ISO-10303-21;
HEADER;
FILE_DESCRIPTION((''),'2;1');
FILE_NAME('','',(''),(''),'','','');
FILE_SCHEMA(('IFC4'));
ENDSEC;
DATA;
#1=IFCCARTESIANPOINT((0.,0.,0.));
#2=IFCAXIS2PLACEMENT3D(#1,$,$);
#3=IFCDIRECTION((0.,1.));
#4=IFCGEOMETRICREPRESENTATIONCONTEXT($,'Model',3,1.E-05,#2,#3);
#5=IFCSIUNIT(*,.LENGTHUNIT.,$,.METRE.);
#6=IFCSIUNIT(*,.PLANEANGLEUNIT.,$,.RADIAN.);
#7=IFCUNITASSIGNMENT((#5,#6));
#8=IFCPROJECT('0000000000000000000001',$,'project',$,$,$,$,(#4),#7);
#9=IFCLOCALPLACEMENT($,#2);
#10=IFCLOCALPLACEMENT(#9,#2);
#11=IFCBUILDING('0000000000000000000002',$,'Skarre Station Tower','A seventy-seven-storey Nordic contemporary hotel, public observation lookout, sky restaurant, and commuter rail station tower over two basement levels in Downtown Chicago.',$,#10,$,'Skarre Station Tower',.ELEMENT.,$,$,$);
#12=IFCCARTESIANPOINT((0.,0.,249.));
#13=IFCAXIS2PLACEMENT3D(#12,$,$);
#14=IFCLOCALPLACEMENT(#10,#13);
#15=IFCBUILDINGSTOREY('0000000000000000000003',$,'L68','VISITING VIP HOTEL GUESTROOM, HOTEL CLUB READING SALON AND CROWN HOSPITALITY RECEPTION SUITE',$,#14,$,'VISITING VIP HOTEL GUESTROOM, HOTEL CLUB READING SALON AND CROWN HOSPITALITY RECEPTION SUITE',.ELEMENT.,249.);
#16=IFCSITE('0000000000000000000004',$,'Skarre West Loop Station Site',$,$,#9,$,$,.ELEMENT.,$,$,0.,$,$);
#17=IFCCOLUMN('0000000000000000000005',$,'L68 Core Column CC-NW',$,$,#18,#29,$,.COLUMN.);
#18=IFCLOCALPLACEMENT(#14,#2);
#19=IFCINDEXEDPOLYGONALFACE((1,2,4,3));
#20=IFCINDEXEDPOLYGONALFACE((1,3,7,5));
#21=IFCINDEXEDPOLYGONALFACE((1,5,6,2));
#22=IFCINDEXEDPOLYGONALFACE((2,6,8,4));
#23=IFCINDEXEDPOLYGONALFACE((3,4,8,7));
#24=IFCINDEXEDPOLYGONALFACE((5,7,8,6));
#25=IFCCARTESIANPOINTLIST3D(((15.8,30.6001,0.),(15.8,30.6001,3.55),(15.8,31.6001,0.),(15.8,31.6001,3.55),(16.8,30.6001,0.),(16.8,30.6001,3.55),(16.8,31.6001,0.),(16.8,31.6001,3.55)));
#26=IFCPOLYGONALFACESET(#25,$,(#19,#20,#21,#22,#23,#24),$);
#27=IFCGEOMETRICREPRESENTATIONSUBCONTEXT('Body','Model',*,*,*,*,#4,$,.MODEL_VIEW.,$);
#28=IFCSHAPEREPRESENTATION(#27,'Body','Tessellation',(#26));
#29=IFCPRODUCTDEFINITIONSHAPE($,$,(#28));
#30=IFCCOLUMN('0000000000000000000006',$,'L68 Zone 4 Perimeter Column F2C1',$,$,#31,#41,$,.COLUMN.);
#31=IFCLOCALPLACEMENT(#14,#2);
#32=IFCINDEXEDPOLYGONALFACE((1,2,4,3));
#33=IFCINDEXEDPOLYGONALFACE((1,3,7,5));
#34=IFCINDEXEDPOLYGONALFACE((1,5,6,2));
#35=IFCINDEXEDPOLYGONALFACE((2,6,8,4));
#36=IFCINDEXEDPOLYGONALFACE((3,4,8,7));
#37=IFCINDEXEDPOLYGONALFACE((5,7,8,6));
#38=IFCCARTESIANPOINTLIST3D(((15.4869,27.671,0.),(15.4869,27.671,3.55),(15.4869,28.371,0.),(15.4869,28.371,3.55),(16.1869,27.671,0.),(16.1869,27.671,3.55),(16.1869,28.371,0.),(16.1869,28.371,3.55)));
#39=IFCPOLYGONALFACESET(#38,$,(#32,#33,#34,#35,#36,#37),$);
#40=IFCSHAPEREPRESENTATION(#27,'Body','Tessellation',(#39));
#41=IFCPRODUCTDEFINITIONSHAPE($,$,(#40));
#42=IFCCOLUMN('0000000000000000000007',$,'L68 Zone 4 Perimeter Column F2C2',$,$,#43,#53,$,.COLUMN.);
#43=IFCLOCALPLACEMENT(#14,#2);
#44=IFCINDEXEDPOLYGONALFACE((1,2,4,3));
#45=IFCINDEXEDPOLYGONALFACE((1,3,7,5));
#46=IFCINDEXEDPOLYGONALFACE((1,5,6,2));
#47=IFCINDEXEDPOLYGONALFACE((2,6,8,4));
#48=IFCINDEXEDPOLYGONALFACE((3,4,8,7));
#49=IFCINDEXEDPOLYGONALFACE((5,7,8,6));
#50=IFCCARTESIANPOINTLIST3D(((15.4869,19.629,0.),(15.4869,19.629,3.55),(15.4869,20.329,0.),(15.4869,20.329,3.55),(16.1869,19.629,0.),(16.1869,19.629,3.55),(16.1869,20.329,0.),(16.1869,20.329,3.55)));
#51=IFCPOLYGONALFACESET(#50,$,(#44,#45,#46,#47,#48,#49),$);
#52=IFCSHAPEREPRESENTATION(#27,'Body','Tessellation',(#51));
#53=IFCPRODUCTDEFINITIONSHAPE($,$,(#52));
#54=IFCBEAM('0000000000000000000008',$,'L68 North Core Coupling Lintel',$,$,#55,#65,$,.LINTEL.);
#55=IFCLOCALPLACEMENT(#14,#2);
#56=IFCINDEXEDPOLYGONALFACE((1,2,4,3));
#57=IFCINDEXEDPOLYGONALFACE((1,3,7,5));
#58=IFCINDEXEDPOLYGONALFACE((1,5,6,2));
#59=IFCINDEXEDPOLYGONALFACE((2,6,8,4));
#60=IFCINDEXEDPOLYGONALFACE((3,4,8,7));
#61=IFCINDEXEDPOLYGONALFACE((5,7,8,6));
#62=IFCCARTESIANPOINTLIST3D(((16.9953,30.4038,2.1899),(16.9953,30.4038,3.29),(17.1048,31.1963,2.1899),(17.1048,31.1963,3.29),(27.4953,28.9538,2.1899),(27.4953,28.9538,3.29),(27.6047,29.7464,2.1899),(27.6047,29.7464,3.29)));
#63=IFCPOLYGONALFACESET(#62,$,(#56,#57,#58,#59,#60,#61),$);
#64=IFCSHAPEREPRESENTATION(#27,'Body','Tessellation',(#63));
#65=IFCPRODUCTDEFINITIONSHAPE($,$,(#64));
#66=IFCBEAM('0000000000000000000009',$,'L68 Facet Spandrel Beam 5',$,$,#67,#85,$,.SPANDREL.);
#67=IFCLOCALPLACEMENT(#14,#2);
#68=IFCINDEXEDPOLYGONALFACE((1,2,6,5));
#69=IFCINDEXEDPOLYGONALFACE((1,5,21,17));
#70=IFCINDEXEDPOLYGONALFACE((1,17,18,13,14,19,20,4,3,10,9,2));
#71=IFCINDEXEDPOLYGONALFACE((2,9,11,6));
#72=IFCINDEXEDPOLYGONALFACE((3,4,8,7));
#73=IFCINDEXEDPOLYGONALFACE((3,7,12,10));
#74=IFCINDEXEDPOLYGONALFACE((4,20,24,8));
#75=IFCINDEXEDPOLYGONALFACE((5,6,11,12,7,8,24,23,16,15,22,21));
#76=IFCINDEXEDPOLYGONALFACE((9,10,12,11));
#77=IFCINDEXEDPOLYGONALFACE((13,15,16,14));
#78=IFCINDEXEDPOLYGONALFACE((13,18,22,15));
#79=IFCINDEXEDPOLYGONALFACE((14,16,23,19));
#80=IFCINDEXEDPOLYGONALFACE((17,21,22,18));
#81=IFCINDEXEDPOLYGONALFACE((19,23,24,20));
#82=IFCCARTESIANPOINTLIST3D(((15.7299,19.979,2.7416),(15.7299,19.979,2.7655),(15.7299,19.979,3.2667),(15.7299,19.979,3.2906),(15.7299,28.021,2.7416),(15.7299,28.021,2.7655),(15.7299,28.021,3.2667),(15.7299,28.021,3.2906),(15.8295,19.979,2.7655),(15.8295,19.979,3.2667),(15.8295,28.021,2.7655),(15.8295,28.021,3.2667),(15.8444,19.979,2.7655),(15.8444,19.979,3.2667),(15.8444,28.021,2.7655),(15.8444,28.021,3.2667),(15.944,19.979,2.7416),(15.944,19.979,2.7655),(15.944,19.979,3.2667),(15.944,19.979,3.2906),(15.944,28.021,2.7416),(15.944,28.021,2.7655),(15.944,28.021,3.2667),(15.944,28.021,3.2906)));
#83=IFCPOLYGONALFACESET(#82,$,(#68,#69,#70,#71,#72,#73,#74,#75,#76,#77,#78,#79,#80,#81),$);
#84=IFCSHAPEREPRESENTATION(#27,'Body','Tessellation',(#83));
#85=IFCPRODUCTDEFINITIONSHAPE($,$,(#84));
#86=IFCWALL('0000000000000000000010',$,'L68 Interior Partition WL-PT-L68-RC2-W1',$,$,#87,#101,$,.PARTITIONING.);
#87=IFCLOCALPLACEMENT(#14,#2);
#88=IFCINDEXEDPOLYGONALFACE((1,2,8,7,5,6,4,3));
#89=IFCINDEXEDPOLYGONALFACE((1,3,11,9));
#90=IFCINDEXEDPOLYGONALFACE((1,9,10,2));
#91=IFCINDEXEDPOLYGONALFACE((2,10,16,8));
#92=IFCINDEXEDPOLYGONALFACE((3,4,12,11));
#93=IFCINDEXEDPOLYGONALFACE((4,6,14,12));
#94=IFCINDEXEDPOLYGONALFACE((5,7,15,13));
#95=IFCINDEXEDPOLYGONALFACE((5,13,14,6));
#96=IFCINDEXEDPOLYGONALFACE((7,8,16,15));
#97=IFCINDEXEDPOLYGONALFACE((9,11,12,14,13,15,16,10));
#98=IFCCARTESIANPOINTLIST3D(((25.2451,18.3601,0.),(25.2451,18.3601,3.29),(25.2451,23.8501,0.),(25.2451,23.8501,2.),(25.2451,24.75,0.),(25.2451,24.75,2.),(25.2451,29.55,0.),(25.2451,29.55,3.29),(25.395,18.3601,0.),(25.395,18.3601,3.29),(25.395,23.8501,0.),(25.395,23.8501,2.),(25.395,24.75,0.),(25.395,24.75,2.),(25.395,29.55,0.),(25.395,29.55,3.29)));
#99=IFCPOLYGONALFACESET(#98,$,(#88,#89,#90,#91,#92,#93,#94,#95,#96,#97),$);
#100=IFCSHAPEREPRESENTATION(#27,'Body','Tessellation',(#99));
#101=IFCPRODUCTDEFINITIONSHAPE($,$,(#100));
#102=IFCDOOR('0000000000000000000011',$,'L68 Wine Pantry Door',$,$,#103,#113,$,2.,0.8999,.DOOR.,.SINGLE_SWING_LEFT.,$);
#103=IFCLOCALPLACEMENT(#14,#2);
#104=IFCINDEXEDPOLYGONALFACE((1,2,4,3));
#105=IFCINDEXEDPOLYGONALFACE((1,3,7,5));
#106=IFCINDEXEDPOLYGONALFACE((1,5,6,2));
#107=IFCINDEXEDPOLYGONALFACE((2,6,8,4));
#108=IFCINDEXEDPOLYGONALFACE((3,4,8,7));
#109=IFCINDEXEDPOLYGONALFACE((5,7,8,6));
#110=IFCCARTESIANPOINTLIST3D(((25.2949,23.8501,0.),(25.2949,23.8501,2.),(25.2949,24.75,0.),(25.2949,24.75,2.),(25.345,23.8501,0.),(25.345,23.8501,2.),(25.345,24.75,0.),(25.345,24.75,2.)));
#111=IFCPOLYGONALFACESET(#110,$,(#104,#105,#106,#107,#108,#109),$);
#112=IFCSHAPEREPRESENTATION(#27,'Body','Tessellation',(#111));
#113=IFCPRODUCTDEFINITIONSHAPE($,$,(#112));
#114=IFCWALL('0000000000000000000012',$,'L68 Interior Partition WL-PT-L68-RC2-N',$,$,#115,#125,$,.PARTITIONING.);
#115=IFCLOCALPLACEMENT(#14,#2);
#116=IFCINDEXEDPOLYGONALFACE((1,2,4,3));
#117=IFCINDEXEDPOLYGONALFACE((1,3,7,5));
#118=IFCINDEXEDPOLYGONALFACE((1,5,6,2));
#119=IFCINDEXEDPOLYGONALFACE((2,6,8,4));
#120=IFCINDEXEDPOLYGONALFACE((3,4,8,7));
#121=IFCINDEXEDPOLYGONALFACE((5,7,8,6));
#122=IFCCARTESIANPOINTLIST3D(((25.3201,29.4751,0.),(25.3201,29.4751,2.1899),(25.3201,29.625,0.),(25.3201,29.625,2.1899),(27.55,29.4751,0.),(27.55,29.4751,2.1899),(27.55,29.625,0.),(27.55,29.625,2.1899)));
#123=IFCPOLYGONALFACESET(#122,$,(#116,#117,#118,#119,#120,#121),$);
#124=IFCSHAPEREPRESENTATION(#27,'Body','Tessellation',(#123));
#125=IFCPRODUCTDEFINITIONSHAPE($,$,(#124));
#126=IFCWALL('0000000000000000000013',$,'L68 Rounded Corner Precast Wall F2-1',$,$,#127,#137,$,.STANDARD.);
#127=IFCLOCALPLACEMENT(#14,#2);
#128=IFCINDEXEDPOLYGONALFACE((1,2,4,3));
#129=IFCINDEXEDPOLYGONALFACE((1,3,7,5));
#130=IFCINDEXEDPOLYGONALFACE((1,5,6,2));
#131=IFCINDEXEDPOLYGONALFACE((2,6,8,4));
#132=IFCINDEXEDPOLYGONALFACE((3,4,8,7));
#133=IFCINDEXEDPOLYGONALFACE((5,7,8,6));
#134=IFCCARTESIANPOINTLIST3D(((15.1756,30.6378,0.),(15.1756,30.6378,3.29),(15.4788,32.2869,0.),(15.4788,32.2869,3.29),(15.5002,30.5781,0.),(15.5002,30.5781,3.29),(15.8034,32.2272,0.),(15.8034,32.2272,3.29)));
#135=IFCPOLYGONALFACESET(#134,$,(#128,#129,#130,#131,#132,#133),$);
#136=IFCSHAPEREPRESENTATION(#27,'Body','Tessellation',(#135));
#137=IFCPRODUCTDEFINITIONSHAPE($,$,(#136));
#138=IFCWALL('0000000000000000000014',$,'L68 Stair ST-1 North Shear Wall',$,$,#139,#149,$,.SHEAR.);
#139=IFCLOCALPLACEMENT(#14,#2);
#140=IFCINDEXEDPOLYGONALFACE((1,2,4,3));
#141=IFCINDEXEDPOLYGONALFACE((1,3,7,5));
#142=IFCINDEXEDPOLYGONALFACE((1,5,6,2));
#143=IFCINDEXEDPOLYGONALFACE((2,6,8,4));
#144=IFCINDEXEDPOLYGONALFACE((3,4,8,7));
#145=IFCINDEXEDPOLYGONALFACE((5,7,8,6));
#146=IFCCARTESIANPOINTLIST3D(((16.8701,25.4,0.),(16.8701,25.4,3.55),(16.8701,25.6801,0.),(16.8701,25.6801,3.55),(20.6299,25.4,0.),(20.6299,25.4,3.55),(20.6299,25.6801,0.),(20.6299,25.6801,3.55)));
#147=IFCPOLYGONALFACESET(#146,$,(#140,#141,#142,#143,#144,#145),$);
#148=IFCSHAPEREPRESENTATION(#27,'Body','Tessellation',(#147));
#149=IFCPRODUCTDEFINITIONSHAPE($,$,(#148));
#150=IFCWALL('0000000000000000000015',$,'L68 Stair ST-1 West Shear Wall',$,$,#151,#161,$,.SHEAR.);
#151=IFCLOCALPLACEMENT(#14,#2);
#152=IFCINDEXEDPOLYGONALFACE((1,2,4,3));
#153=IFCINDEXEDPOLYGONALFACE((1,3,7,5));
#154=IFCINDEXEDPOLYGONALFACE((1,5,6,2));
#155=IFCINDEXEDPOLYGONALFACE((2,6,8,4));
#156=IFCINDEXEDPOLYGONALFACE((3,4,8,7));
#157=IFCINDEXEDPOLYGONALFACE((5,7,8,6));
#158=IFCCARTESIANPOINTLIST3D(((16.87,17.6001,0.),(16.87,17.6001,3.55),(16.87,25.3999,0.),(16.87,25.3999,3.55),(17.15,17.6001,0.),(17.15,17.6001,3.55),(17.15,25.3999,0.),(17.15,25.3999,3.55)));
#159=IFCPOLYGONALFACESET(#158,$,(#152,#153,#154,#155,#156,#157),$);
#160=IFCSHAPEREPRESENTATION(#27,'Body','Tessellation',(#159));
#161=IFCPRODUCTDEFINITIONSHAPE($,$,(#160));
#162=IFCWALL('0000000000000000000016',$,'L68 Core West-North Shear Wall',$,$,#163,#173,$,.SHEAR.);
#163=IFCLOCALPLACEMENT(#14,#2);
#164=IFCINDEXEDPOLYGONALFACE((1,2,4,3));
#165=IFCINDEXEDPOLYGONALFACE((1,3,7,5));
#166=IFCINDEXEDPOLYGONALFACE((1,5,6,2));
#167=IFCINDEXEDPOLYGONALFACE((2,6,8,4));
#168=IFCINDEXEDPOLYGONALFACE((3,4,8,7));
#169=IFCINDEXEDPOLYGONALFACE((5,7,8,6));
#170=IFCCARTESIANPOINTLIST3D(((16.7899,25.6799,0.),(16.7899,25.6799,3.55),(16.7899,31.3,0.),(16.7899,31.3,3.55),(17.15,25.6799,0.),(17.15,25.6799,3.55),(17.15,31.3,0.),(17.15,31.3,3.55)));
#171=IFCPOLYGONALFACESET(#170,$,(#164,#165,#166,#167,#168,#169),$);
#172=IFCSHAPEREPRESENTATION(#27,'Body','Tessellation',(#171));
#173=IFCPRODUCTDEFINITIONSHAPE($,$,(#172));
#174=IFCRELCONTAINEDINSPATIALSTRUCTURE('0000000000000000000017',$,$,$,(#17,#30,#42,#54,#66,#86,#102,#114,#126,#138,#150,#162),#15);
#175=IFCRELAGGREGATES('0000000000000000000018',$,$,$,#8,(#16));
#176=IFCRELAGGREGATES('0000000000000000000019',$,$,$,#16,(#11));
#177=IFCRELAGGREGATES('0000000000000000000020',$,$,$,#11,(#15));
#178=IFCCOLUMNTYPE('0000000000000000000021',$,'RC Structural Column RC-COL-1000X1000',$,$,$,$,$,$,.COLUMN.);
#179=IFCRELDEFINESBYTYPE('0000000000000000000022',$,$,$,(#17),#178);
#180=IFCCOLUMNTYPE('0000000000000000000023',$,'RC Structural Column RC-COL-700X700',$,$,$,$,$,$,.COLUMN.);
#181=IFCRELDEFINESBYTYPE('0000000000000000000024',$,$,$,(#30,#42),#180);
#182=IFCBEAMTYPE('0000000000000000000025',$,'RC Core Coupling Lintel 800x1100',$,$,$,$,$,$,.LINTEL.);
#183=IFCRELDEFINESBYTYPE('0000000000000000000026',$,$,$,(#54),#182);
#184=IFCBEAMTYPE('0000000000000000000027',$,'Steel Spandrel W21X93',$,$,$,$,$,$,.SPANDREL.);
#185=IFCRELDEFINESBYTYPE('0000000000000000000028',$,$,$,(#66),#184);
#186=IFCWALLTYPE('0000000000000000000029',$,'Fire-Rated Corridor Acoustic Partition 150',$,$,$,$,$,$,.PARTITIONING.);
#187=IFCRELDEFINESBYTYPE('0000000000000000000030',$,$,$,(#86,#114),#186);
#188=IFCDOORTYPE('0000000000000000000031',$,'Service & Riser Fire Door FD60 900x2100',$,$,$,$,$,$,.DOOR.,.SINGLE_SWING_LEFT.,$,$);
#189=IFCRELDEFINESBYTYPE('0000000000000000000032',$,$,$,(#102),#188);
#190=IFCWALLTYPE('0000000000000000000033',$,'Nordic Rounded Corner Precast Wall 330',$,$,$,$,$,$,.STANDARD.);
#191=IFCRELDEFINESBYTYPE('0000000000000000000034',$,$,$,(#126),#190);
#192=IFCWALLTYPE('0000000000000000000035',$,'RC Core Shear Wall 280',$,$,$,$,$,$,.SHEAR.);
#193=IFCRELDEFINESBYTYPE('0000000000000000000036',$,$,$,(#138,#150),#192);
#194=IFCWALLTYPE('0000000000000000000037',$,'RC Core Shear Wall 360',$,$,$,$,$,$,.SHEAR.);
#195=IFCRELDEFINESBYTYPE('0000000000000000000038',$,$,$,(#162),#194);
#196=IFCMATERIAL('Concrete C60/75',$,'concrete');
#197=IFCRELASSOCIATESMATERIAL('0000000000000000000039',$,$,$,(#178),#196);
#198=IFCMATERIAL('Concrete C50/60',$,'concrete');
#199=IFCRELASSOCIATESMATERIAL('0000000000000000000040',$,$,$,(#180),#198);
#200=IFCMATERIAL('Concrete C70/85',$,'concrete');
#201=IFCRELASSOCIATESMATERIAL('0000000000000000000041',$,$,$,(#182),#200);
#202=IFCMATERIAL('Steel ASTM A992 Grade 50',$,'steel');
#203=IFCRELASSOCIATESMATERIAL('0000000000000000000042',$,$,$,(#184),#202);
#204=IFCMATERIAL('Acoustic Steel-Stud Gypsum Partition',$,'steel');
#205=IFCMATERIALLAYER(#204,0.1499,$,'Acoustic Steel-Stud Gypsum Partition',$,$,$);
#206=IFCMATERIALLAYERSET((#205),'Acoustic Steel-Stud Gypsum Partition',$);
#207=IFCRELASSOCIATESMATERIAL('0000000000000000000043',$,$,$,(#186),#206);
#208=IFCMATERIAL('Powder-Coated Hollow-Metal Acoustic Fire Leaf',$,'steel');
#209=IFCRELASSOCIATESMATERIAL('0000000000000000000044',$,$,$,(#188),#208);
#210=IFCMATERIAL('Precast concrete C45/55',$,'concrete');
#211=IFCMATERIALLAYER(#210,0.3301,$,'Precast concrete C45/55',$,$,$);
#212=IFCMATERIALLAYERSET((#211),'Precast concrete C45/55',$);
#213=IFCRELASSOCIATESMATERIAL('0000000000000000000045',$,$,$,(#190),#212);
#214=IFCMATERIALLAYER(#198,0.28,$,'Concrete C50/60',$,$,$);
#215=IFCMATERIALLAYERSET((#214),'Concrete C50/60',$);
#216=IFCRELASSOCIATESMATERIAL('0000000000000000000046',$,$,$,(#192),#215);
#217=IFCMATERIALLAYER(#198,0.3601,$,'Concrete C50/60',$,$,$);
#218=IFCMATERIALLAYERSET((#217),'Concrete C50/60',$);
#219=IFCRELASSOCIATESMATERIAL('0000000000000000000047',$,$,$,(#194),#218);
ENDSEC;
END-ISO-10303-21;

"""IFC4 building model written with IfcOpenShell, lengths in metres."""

from ifc_helpers import new_model, si_unit, direction, frame, frame_2d, origin, origin_2d, place, context, subcontext, project, spatial, rectangle, i_section, extrude, material, layer, layer_set, material_profile, profile_set, type_object, element, fill, save


model = new_model("IFC4")

# Units and contexts
model_context = context("Model", 3, precision=1e-05, world=origin(), true_north=direction((0.0, 1.0)))
body_context = subcontext(model_context, "Body", "Model", "MODEL_VIEW")
ifc_project = project(units=[si_unit("LENGTHUNIT", "METRE"), si_unit("PLANEANGLEUNIT", "RADIAN")], contexts=[model_context])

# Site, building, storey
site_placement = place(None, origin())
site = spatial("IfcSite", under=ifc_project, at=site_placement, Name="Skarre West Loop Station Site", CompositionType="ELEMENT", RefElevation=0.0)
building_placement = place(site_placement, origin())
building = spatial("IfcBuilding", under=site, at=building_placement, Name="Skarre Station Tower", Description="A seventy-seven-storey Nordic contemporary hotel, public observation lookout, sky restaurant, and commuter rail station tower over two basement levels in Downtown Chicago.", LongName="Skarre Station Tower", CompositionType="ELEMENT")
storey_placement = place(building_placement, frame((0.0, 0.0, 249.0)))
storey = spatial("IfcBuildingStorey", under=building, at=storey_placement, Name="L68", Description="VISITING VIP HOTEL GUESTROOM, HOTEL CLUB READING SALON AND CROWN HOSPITALITY RECEPTION SUITE", LongName="VISITING VIP HOTEL GUESTROOM, HOTEL CLUB READING SALON AND CROWN HOSPITALITY RECEPTION SUITE", CompositionType="ELEMENT", Elevation=249.0)

# Columns
ifc_material_1 = material(Name="Concrete C60/75", Category="concrete")
ifc_material_profile_1 = material_profile(ifc_material_1, rectangle(XDim=1.0, YDim=1.0, at=origin_2d()), Name="Concrete C60/75")
ifc_profile_set_1 = profile_set([ifc_material_profile_1], Name="Concrete C60/75")
column_type_1 = type_object("IfcColumnType", Name="RC Structural Column RC-COL-1000X1000", PredefinedType="COLUMN", material=ifc_profile_set_1)
column_placement = place(storey_placement, frame((16.3, 31.1001, 0.0), z_axis=(0.0, 0.0, 1.0), x_axis=(1.0, 0.0, 0.0)))
element("IfcColumn", 1, at=column_placement, inside=storey, type_object=column_type_1, Name="L68 Core Column CC-NW", PredefinedType="COLUMN", context=body_context, shape_type="SweptSolid", body=[
    extrude(rectangle(XDim=1.0, YDim=1.0, at=origin_2d()), origin(), (0.0, 0.0, 1.0), 3.55),
])
ifc_material_2 = material(Name="Concrete C50/60", Category="concrete")
ifc_material_profile_2 = material_profile(ifc_material_2, rectangle(XDim=0.7, YDim=0.7, at=origin_2d()), Name="Concrete C50/60")
ifc_profile_set_2 = profile_set([ifc_material_profile_2], Name="Concrete C50/60")
column_type_2 = type_object("IfcColumnType", Name="RC Structural Column RC-COL-700X700", PredefinedType="COLUMN", material=ifc_profile_set_2)
for number, where, z_axis, x_axis, name in (
    (2, (15.8369, 28.021, 0.0), (0.0, 0.0, 1.0), (1.0, 0.0, 0.0), "L68 Zone 4 Perimeter Column F2C1"),
    (3, (15.8369, 19.979, 0.0), (0.0, 0.0, 1.0), (1.0, 0.0, 0.0), "L68 Zone 4 Perimeter Column F2C2"),
):
    element("IfcColumn", number, at=place(storey_placement, frame(where, z_axis=z_axis, x_axis=x_axis)), inside=storey, type_object=column_type_2, Name=name, PredefinedType="COLUMN", context=body_context, shape_type="SweptSolid", body=[
        extrude(rectangle(XDim=0.7, YDim=0.7, at=origin_2d()), origin(), (0.0, 0.0, 1.0), 3.55),
    ])

# Beams
ifc_material_3 = material(Name="Concrete C70/85", Category="concrete")
ifc_material_profile_3 = material_profile(ifc_material_3, rectangle(XDim=0.8, YDim=1.1001, at=origin_2d()), Name="Concrete C70/85")
ifc_profile_set_3 = profile_set([ifc_material_profile_3], Name="Concrete C70/85")
beam_type_1 = type_object("IfcBeamType", Name="RC Core Coupling Lintel 800x1100", PredefinedType="LINTEL", material=ifc_profile_set_3)
beam_1_placement = place(storey_placement, frame((17.05, 30.8, 2.74), z_axis=(0.9906, -0.136792, 0.0), x_axis=(0.136792, 0.9906, 0.0)))
element("IfcBeam", 4, at=beam_1_placement, inside=storey, type_object=beam_type_1, Name="L68 North Core Coupling Lintel", PredefinedType="LINTEL", context=body_context, shape_type="SweptSolid", body=[
    extrude(rectangle(XDim=0.8, YDim=1.1001, at=origin_2d()), origin(), (0.0, 0.0, 1.0), 10.5996),
])
ifc_material_4 = material(Name="Steel ASTM A992 Grade 50", Category="steel")
ifc_material_profile_4 = material_profile(ifc_material_4, i_section(OverallWidth=0.2141, OverallDepth=0.5491, WebThickness=0.0149, FlangeThickness=0.0239, at=origin_2d()), Name="Steel ASTM A992 Grade 50")
ifc_profile_set_4 = profile_set([ifc_material_profile_4], Name="Steel ASTM A992 Grade 50")
beam_type_2 = type_object("IfcBeamType", Name="Steel Spandrel W21X93", PredefinedType="SPANDREL", material=ifc_profile_set_4)
beam_2_placement = place(storey_placement, frame((15.8369, 28.021, 3.0161), z_axis=(0.0, -1.0, 0.0), x_axis=(1.0, 0.0, 0.0)))
element("IfcBeam", 5, at=beam_2_placement, inside=storey, type_object=beam_type_2, Name="L68 Facet Spandrel Beam 5", PredefinedType="SPANDREL", context=body_context, shape_type="SweptSolid", body=[
    extrude(i_section(OverallWidth=0.2141, OverallDepth=0.5491, WebThickness=0.0149, FlangeThickness=0.0239, at=origin_2d()), origin(), (0.0, 0.0, 1.0), 8.042),
])

# Wall, opening, door
ifc_material_5 = material(Name="Acoustic Steel-Stud Gypsum Partition", Category="steel")
ifc_layer_1 = layer(ifc_material_5, 0.1499, Name="Acoustic Steel-Stud Gypsum Partition")
ifc_layer_set_1 = layer_set([ifc_layer_1], Name="Acoustic Steel-Stud Gypsum Partition")
wall_type_1 = type_object("IfcWallType", Name="Fire-Rated Corridor Acoustic Partition 150", PredefinedType="PARTITIONING", material=ifc_layer_set_1)
wall_1_placement = place(storey_placement, frame((25.3201, 29.55, 0.0), z_axis=(0.0, 0.0, 1.0), x_axis=(0.0, -1.0, 0.0)))
wall_1 = element("IfcWall", 6, at=wall_1_placement, inside=storey, type_object=wall_type_1, Name="L68 Interior Partition WL-PT-L68-RC2-W1", PredefinedType="PARTITIONING", context=body_context, shape_type="SweptSolid", body=[
    extrude(rectangle(XDim=11.1899, YDim=0.1499, at=frame_2d((5.595, 0.0))), origin(), (0.0, 0.0, 1.0), 3.29),
])
opening_1_placement = place(wall_1_placement, frame((4.8, 0.0, 0.0)))
opening_1 = element("IfcOpeningElement", 7, at=opening_1_placement, cuts=wall_1, PredefinedType="OPENING", context=body_context, shape_type="SweptSolid", body=[
    extrude(rectangle(XDim=0.8999, YDim=2.0, at=frame_2d((0.45, 1.0))), frame((0.0, 0.085, 0.0), z_axis=(0.0, -1.0, 0.0), x_axis=(1.0, 0.0, 0.0)), (0.0, 0.0, 1.0), 0.1699),
])
ifc_material_6 = material(Name="Powder-Coated Hollow-Metal Acoustic Fire Leaf", Category="steel")
door_type_1 = type_object("IfcDoorType", Name="Service & Riser Fire Door FD60 900x2100", OperationType="SINGLE_SWING_LEFT", PredefinedType="DOOR", material=ifc_material_6)
door_1_placement = place(opening_1_placement, origin())
door_1 = element("IfcDoor", 8, at=door_1_placement, inside=storey, type_object=door_type_1, Name="L68 Wine Pantry Door", OperationType="SINGLE_SWING_LEFT", OverallHeight=2.0, OverallWidth=0.8999, PredefinedType="DOOR", context=body_context, shape_type="SweptSolid", body=[
    extrude(rectangle(XDim=0.8999, YDim=2.0, at=frame_2d((0.45, 1.0))), frame((0.0, 0.0249, 0.0), z_axis=(0.0, -1.0, 0.0), x_axis=(1.0, 0.0, 0.0)), (0.0, 0.0, 1.0), 0.05),
])
fill(opening_1, door_1)

# Walls
wall_2_placement = place(storey_placement, frame((27.55, 29.55, 0.0), z_axis=(0.0, 0.0, 1.0), x_axis=(-1.0, 0.0, 0.0)))
element("IfcWall", 9, at=wall_2_placement, inside=storey, type_object=wall_type_1, Name="L68 Interior Partition WL-PT-L68-RC2-N", PredefinedType="PARTITIONING", context=body_context, shape_type="SweptSolid", body=[
    extrude(rectangle(XDim=2.23, YDim=0.1499, at=frame_2d((1.115, 0.0))), origin(), (0.0, 0.0, 1.0), 2.1899),
])
ifc_material_7 = material(Name="Precast concrete C45/55", Category="concrete")
ifc_layer_2 = layer(ifc_material_7, 0.3301, Name="Precast concrete C45/55")
ifc_layer_set_2 = layer_set([ifc_layer_2], Name="Precast concrete C45/55")
wall_type_2 = type_object("IfcWallType", Name="Nordic Rounded Corner Precast Wall 330", PredefinedType="STANDARD", material=ifc_layer_set_2)
wall_3_placement = place(storey_placement, frame((15.3379, 30.6079, 0.0), z_axis=(0.0, 0.0, 1.0), x_axis=(0.180833, 0.983514, 0.0)))
element("IfcWall", 10, at=wall_3_placement, inside=storey, type_object=wall_type_2, Name="L68 Rounded Corner Precast Wall F2-1", PredefinedType="STANDARD", context=body_context, shape_type="SweptSolid", body=[
    extrude(rectangle(XDim=1.6768, YDim=0.3301, at=frame_2d((0.8384, 0.0))), origin(), (0.0, 0.0, 1.0), 3.29),
])
ifc_layer_3 = layer(ifc_material_2, 0.28, Name="Concrete C50/60")
ifc_layer_set_3 = layer_set([ifc_layer_3], Name="Concrete C50/60")
wall_type_3 = type_object("IfcWallType", Name="RC Core Shear Wall 280", PredefinedType="SHEAR", material=ifc_layer_set_3)
wall_4_placement = place(storey_placement, frame((20.6299, 25.54, 0.0), z_axis=(0.0, 0.0, 1.0), x_axis=(-1.0, 0.0, 0.0)))
element("IfcWall", 11, at=wall_4_placement, inside=storey, type_object=wall_type_3, Name="L68 Stair ST-1 North Shear Wall", PredefinedType="SHEAR", context=body_context, shape_type="SweptSolid", body=[
    extrude(rectangle(XDim=3.7598, YDim=0.28, at=frame_2d((1.8799, 0.0))), origin(), (0.0, 0.0, 1.0), 3.55),
])
wall_5_placement = place(storey_placement, frame((17.01, 25.3999, 0.0), z_axis=(0.0, 0.0, 1.0), x_axis=(0.0, -1.0, 0.0)))
element("IfcWall", 12, at=wall_5_placement, inside=storey, type_object=wall_type_3, Name="L68 Stair ST-1 West Shear Wall", PredefinedType="SHEAR", context=body_context, shape_type="SweptSolid", body=[
    extrude(rectangle(XDim=7.7998, YDim=0.28, at=frame_2d((3.8999, 0.0))), origin(), (0.0, 0.0, 1.0), 3.55),
])
ifc_layer_4 = layer(ifc_material_2, 0.3601, Name="Concrete C50/60")
ifc_layer_set_4 = layer_set([ifc_layer_4], Name="Concrete C50/60")
wall_type_4 = type_object("IfcWallType", Name="RC Core Shear Wall 360", PredefinedType="SHEAR", material=ifc_layer_set_4)
wall_6_placement = place(storey_placement, frame((16.97, 25.6799, 0.0), z_axis=(0.0, 0.0, 1.0), x_axis=(0.0, 1.0, 0.0)))
element("IfcWall", 13, at=wall_6_placement, inside=storey, type_object=wall_type_4, Name="L68 Core West-North Shear Wall", PredefinedType="SHEAR", context=body_context, shape_type="SweptSolid", body=[
    extrude(rectangle(XDim=5.6201, YDim=0.3601, at=frame_2d((2.8101, 0.0))), origin(), (0.0, 0.0, 1.0), 3.55),
])

save(model, "model.ifc")
